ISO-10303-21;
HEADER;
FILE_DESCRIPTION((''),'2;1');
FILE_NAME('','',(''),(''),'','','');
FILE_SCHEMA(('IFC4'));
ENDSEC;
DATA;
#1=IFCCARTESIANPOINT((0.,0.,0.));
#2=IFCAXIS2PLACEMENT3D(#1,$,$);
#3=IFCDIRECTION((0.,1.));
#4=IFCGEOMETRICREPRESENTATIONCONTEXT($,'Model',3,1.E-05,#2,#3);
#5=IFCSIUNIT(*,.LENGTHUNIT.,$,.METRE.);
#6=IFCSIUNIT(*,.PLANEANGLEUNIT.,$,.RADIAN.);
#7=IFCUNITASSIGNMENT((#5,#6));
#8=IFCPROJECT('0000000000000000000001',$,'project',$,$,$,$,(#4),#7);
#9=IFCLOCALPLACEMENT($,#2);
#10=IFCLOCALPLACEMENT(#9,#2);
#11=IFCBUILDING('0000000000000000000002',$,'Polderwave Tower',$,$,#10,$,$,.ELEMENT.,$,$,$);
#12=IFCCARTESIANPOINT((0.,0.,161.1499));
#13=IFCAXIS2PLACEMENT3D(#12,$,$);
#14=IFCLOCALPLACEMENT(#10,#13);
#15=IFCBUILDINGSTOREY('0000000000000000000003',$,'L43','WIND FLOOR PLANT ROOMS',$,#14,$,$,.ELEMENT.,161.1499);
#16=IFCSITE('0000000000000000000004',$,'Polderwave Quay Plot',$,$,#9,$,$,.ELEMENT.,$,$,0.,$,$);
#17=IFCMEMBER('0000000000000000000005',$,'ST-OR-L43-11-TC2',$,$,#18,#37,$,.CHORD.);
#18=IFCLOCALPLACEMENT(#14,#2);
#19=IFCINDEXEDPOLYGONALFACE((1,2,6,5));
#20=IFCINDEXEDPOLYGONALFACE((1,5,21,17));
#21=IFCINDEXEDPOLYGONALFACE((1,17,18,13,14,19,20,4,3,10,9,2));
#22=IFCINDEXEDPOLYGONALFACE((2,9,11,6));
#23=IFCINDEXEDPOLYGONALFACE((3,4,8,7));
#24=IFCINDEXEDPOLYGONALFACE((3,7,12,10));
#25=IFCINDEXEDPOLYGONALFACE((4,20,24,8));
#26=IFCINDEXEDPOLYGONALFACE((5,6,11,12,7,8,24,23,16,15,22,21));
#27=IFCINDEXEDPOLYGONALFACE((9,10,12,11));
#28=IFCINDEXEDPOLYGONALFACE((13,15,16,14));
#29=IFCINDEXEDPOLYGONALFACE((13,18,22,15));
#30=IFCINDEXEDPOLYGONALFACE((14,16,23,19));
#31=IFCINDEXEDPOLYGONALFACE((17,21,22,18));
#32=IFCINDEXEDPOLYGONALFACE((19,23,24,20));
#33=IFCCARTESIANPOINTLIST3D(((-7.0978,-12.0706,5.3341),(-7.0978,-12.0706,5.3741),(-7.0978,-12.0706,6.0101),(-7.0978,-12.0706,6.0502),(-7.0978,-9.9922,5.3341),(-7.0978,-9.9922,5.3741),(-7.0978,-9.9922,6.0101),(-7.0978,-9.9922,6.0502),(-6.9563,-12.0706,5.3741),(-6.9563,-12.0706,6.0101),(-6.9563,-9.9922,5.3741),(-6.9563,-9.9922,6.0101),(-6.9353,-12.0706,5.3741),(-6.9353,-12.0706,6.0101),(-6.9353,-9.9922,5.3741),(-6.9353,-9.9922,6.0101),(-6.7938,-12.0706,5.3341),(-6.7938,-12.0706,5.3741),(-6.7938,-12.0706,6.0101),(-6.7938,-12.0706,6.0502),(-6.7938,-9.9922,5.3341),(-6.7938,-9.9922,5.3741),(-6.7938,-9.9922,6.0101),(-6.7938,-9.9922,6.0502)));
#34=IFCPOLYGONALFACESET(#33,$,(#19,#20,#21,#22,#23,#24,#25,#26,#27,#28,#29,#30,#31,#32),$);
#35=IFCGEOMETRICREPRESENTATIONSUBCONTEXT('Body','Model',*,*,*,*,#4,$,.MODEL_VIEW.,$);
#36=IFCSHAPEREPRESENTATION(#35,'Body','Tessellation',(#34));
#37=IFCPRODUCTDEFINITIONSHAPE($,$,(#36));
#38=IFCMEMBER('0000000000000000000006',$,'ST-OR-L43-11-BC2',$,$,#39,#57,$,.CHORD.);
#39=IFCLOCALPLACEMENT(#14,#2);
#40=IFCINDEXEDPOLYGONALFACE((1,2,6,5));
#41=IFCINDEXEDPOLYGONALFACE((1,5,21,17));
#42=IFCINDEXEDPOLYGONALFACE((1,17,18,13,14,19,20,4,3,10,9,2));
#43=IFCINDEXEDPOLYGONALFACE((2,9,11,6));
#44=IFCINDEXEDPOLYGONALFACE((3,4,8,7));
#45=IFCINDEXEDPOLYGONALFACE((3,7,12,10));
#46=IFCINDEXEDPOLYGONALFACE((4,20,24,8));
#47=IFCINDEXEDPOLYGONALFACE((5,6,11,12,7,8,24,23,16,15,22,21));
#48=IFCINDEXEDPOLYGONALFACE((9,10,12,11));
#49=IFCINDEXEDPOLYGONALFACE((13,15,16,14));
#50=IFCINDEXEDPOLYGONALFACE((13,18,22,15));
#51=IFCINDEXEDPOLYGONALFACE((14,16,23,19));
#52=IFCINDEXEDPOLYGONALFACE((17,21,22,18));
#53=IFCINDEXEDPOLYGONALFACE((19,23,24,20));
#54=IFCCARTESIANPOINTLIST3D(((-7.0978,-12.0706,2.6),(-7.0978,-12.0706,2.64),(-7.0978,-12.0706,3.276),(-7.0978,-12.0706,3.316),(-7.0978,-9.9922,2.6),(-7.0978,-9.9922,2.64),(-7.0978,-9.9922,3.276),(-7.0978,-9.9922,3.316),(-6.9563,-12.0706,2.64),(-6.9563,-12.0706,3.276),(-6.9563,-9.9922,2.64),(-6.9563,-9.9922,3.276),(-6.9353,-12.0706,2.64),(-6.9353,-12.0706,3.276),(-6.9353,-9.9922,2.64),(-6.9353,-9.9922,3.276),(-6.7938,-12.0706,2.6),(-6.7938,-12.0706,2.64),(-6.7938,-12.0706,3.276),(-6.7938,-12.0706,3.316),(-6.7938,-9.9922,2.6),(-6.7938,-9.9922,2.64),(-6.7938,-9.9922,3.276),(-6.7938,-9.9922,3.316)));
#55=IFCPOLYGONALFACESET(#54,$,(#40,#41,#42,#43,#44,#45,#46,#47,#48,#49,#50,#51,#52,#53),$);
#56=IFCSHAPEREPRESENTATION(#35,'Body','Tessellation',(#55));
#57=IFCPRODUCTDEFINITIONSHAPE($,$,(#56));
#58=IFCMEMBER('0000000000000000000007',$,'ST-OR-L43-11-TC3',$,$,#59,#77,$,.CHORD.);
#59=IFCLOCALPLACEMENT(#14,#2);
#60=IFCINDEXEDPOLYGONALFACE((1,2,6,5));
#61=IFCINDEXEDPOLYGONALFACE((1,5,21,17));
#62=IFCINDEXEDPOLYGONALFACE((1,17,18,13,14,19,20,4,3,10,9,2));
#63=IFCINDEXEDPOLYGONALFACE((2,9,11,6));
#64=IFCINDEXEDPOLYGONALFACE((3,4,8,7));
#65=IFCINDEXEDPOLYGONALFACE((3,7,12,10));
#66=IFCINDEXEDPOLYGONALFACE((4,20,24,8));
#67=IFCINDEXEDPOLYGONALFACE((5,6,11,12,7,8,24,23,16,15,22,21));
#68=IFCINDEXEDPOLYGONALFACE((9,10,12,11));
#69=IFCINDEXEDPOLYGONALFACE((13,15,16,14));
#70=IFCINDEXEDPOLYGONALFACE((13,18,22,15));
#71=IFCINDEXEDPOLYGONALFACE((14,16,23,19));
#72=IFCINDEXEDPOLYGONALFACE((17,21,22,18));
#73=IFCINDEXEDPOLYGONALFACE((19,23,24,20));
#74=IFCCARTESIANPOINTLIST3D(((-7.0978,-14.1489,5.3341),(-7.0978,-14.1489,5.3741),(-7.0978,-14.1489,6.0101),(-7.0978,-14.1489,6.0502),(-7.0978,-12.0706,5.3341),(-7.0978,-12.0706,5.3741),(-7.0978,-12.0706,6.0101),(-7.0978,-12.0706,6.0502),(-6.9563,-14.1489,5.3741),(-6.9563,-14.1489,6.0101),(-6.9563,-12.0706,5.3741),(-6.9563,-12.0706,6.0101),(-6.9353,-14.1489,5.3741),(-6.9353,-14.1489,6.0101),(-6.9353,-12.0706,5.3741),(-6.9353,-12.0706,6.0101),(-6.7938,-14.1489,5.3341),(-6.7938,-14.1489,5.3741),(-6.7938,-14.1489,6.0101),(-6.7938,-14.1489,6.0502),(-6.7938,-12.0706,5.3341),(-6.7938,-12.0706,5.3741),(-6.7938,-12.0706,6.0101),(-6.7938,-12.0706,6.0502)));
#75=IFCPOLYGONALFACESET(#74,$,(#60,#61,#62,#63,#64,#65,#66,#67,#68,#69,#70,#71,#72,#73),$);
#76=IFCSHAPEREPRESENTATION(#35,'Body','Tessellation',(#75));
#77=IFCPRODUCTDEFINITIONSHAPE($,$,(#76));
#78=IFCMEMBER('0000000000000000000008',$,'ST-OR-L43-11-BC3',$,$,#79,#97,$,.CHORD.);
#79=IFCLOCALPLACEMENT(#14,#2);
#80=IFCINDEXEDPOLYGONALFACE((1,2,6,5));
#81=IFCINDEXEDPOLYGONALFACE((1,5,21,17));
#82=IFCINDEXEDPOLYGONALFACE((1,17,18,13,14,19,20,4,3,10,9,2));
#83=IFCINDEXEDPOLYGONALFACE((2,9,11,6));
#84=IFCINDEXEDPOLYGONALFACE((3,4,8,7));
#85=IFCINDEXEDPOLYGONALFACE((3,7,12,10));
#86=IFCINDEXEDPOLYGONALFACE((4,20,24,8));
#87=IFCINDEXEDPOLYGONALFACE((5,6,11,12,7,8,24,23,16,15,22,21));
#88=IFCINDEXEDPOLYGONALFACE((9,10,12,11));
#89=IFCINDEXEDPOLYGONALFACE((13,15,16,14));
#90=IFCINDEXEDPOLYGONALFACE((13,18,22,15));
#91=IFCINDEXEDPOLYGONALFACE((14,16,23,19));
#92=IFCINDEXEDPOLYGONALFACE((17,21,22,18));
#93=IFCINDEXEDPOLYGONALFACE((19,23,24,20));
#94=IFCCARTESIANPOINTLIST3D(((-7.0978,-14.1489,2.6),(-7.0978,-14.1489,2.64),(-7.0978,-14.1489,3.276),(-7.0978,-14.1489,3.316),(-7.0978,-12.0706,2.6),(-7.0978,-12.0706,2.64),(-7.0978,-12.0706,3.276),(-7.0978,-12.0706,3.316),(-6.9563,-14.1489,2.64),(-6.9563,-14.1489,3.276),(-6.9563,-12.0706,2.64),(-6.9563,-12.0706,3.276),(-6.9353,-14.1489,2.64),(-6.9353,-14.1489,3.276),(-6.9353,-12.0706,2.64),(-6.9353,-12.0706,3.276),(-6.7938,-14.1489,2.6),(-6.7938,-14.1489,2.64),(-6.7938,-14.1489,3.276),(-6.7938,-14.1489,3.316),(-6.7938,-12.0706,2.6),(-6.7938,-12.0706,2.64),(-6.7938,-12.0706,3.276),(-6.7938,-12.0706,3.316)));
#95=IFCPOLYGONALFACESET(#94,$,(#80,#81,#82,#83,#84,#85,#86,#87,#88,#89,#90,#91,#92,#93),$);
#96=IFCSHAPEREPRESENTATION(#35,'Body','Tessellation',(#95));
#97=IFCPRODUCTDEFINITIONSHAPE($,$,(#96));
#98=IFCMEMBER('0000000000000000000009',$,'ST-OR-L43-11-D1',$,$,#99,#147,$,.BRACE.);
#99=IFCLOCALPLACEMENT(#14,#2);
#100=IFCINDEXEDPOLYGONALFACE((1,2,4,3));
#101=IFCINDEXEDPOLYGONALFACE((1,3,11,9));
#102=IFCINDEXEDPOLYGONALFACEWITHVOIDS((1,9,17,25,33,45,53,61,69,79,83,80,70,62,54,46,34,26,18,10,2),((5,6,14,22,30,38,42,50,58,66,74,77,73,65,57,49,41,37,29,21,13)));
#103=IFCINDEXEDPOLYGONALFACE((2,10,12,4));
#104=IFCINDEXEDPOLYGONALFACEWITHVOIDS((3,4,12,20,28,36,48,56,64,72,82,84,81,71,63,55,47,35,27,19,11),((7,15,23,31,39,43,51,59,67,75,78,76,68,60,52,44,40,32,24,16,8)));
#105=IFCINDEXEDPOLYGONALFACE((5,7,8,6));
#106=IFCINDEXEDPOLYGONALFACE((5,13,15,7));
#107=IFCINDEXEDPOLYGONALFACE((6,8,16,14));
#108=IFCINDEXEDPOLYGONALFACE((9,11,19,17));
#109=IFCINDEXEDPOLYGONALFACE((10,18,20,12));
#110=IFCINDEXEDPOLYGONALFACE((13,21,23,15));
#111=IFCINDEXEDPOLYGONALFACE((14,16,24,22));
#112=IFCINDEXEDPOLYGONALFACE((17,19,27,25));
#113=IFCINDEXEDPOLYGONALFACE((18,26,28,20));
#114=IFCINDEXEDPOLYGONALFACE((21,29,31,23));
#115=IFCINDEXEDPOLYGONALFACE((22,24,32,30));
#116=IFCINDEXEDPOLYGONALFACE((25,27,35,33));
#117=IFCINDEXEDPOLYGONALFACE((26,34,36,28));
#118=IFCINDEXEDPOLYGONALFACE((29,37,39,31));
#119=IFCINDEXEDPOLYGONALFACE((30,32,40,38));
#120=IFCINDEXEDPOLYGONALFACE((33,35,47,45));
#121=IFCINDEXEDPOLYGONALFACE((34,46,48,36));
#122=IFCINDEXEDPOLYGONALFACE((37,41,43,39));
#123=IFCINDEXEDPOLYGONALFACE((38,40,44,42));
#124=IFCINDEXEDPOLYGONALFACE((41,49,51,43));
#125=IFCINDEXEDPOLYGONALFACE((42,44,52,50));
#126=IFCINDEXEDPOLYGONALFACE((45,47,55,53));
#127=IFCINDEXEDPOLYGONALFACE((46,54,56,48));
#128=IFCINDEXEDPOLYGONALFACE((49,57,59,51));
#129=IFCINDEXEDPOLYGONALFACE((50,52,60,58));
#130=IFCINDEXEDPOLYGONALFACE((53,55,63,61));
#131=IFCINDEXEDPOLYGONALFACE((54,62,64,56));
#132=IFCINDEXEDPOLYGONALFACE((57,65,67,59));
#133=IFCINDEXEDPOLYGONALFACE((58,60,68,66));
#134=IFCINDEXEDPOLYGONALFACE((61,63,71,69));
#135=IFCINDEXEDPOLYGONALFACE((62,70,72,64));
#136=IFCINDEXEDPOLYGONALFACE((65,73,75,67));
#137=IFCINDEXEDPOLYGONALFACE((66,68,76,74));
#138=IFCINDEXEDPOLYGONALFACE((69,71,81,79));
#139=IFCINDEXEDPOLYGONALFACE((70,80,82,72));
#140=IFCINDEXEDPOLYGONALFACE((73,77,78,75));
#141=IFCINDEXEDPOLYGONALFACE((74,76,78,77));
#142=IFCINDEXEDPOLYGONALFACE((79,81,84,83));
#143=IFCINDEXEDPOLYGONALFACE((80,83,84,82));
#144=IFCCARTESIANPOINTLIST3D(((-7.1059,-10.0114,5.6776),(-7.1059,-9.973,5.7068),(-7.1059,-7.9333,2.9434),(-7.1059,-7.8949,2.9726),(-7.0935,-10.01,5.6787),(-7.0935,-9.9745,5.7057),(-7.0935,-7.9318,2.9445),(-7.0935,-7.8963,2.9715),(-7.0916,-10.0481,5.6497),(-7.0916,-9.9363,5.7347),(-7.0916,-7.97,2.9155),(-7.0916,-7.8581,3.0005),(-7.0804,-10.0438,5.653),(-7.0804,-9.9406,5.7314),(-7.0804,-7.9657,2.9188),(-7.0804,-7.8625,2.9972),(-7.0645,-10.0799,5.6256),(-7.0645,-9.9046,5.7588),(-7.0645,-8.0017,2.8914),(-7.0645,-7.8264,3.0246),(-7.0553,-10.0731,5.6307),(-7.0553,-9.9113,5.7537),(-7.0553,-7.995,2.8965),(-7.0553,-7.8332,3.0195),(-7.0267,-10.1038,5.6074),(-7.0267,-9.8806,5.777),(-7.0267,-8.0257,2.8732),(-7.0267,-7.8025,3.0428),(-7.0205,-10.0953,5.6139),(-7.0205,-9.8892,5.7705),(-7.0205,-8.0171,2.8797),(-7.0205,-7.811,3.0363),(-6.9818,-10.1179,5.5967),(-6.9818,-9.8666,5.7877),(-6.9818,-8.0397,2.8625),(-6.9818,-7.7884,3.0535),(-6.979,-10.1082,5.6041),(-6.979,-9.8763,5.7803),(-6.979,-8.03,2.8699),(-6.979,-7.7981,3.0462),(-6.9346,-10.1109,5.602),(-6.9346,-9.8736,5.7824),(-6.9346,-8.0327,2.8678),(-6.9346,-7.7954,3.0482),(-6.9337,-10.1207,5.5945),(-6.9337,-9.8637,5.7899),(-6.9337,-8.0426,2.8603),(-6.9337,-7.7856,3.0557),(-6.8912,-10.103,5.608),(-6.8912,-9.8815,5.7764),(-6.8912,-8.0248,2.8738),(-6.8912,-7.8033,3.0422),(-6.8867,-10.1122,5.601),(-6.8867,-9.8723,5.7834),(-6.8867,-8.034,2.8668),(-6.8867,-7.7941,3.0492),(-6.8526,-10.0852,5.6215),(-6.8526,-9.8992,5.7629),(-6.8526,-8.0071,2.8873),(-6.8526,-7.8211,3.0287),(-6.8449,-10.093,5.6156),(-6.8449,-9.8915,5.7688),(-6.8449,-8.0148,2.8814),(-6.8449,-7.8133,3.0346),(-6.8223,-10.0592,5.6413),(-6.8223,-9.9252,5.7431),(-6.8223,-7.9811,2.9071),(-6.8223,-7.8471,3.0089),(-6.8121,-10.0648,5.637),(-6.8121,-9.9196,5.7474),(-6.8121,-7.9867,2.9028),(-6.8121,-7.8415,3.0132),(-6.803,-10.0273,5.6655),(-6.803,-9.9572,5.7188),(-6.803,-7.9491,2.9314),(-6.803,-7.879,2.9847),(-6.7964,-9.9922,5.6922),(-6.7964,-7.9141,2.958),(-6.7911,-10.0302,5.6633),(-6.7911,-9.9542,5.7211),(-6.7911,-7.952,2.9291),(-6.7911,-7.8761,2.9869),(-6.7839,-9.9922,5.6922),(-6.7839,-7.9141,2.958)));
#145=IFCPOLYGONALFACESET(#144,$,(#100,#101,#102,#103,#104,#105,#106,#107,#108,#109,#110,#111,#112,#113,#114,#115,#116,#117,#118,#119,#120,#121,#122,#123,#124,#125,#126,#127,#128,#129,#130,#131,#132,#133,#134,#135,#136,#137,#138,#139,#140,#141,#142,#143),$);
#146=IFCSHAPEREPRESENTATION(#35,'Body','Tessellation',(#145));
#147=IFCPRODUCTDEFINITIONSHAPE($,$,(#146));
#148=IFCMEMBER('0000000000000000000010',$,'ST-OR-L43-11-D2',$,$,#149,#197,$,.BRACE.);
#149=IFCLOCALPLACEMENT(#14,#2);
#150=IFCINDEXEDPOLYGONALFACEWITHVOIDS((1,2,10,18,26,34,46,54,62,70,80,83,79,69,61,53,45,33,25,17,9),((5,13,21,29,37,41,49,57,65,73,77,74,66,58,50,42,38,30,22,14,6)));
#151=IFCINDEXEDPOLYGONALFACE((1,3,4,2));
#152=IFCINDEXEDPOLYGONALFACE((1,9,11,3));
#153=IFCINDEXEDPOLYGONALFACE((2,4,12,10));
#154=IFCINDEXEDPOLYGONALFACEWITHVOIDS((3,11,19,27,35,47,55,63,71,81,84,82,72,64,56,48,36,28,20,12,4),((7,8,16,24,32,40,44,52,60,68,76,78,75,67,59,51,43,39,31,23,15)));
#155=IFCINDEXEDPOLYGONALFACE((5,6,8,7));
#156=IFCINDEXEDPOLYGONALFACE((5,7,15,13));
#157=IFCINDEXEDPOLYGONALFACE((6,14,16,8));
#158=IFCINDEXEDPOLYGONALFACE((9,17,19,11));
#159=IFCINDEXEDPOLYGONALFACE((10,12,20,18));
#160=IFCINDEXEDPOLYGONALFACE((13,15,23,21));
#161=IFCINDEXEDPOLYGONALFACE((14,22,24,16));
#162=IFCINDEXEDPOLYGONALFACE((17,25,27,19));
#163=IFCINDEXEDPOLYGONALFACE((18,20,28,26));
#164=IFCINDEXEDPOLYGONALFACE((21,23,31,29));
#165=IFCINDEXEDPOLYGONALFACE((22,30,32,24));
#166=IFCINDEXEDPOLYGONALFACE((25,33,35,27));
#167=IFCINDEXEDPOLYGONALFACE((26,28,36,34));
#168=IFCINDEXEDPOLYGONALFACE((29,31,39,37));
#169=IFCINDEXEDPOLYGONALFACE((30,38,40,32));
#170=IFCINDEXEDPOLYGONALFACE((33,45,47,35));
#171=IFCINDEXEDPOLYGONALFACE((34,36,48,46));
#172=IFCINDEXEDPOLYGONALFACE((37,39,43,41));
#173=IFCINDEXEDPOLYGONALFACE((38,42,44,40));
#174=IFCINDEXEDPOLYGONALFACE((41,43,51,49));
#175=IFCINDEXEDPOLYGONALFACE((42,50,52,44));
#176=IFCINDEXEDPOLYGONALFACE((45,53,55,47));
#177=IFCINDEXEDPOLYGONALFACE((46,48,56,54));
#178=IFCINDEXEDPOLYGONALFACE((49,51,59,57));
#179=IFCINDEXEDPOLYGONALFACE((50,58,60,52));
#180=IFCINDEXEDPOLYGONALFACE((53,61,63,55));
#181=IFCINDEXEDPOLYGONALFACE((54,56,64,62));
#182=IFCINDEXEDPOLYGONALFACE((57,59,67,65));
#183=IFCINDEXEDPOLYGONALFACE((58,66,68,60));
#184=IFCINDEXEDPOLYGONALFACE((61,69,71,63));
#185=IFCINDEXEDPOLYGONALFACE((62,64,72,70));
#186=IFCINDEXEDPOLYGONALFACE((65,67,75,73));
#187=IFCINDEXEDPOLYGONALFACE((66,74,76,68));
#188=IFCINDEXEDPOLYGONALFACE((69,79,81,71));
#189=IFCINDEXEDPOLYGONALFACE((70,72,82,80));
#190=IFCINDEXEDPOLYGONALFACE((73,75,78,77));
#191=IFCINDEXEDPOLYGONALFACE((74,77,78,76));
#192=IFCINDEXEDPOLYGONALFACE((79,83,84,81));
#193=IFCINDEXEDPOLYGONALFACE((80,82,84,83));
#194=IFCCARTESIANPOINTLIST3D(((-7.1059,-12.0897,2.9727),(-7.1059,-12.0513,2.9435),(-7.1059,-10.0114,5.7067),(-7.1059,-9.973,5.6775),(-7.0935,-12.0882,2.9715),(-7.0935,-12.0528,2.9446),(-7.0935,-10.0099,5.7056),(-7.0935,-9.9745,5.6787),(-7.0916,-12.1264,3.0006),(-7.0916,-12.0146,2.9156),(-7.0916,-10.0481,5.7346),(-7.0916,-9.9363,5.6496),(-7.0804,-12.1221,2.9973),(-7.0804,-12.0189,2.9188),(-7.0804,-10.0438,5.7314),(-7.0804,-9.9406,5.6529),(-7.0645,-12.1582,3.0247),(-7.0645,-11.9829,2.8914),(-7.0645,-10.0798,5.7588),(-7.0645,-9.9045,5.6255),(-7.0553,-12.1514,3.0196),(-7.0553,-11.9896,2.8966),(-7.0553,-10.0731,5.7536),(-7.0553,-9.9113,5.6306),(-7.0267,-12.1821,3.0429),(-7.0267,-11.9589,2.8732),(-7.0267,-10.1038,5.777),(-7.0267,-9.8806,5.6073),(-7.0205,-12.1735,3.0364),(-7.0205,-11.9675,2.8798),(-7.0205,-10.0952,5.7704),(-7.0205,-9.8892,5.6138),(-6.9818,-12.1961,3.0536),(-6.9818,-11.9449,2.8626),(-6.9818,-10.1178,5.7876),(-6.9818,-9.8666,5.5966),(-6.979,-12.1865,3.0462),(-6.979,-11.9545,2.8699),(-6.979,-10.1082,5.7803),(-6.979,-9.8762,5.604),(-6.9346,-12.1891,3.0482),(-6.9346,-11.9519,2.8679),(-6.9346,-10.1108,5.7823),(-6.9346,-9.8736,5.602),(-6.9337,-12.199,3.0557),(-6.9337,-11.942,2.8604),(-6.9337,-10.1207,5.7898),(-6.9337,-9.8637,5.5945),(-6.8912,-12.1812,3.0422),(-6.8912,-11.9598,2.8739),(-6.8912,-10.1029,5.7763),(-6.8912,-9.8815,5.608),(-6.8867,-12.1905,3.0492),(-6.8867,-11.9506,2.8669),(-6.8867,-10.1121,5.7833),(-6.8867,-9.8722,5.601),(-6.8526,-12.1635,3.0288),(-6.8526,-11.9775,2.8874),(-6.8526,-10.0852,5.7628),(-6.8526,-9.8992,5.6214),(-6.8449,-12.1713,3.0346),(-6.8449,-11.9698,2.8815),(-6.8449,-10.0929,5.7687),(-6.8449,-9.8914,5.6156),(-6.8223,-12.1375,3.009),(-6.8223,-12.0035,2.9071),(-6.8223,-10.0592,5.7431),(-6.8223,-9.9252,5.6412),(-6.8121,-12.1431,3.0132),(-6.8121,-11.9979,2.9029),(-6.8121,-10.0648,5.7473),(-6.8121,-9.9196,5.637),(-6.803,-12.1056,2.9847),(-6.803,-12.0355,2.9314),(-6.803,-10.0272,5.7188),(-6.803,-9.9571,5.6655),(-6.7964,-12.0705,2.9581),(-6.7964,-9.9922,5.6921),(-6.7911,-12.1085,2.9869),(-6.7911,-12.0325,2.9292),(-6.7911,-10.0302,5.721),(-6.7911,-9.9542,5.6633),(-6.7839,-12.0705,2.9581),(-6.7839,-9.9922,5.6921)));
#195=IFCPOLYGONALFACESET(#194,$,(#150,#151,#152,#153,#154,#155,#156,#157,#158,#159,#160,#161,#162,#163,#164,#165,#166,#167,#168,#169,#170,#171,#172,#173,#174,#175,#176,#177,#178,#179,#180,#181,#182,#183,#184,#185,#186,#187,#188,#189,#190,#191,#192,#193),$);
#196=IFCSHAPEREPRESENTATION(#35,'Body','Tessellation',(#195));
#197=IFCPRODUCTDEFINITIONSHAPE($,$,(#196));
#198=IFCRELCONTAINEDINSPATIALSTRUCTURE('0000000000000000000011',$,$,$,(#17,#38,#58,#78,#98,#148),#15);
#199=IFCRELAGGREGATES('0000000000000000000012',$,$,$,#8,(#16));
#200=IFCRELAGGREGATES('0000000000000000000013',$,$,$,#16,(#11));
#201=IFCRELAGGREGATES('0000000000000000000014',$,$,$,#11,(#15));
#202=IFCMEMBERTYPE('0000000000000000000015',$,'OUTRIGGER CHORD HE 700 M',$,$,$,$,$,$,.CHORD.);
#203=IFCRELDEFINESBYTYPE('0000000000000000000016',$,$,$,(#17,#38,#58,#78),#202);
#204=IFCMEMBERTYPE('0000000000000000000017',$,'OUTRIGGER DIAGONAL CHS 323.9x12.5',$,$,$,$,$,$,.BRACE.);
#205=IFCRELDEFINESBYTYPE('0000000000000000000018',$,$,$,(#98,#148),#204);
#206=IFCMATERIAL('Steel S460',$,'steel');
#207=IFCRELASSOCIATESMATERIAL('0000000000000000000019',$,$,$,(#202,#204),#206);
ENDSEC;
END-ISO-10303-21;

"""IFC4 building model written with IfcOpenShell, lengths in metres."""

from ifc_helpers import new_model, si_unit, direction, frame, origin, origin_2d, place, context, subcontext, project, spatial, hollow_circle, i_section, extrude, material, material_profile, profile_set, type_object, element, save


model = new_model("IFC4")

# Units and contexts
model_context = context("Model", 3, precision=1e-05, world=origin(), true_north=direction((0.0, 1.0)))
body_context = subcontext(model_context, "Body", "Model", "MODEL_VIEW")
ifc_project = project(units=[si_unit("LENGTHUNIT", "METRE"), si_unit("PLANEANGLEUNIT", "RADIAN")], contexts=[model_context])

# Site, building, storey
site_placement = place(None, origin())
site = spatial("IfcSite", under=ifc_project, at=site_placement, Name="Polderwave Quay Plot", CompositionType="ELEMENT", RefElevation=0.0)
building_placement = place(site_placement, origin())
building = spatial("IfcBuilding", under=site, at=building_placement, Name="Polderwave Tower", CompositionType="ELEMENT")
storey_placement = place(building_placement, frame((0.0, 0.0, 161.1499)))
storey = spatial("IfcBuildingStorey", under=building, at=storey_placement, Name="L43", Description="WIND FLOOR PLANT ROOMS", CompositionType="ELEMENT", Elevation=161.1499)

# Members
ifc_material_1 = material(Name="Steel S460", Category="steel")
ifc_material_profile_1 = material_profile(ifc_material_1, i_section(OverallWidth=0.304, OverallDepth=0.7161, WebThickness=0.021, FlangeThickness=0.04, at=origin_2d()), Name="HE 700 M")
ifc_profile_set_1 = profile_set([ifc_material_profile_1], Name="Steel S460")
member_type_1 = type_object("IfcMemberType", Name="OUTRIGGER CHORD HE 700 M", PredefinedType="CHORD", material=ifc_profile_set_1)
for number, where, z_axis, x_axis, name in (
    (1, (-6.9458, -9.9922, 5.6921), (0.0, -1.0, 0.0), (1.0, 0.0, 0.0), "ST-OR-L43-11-TC2"),
    (2, (-6.9458, -9.9922, 2.958), (0.0, -1.0, 0.0), (1.0, 0.0, 0.0), "ST-OR-L43-11-BC2"),
    (3, (-6.9458, -12.0706, 5.6921), (0.0, -1.0, 0.0), (1.0, 0.0, 0.0), "ST-OR-L43-11-TC3"),
    (4, (-6.9458, -12.0706, 2.958), (0.0, -1.0, 0.0), (1.0, 0.0, 0.0), "ST-OR-L43-11-BC3"),
):
    element("IfcMember", number, at=place(storey_placement, frame(where, z_axis=z_axis, x_axis=x_axis)), inside=storey, type_object=member_type_1, Name=name, PredefinedType="CHORD", context=body_context, shape_type="SweptSolid", body=[
        extrude(i_section(OverallWidth=0.304, OverallDepth=0.7161, WebThickness=0.021, FlangeThickness=0.04, at=origin_2d()), origin(), (0.0, 0.0, 1.0), 2.0784),
    ])
ifc_material_profile_2 = material_profile(ifc_material_1, hollow_circle(Radius=0.1619, WallThickness=0.0125, at=origin_2d()), Name="CHS 323.9x12.5")
ifc_profile_set_2 = profile_set([ifc_material_profile_2], Name="Steel S460")
member_type_2 = type_object("IfcMemberType", Name="OUTRIGGER DIAGONAL CHS 323.9x12.5", PredefinedType="BRACE", material=ifc_profile_set_2)
for number, where, z_axis, x_axis, name in (
    (5, (-6.9458, -7.9141, 2.958), (0.0, -0.605118, 0.796136), (1.0, 0.0, 0.0), "ST-OR-L43-11-D1"),
    (6, (-6.9458, -9.9922, 5.6921), (0.0, -0.605163, -0.796102), (1.0, 0.0, 0.0), "ST-OR-L43-11-D2"),
):
    element("IfcMember", number, at=place(storey_placement, frame(where, z_axis=z_axis, x_axis=x_axis)), inside=storey, type_object=member_type_2, Name=name, PredefinedType="BRACE", context=body_context, shape_type="SweptSolid", body=[
        extrude(hollow_circle(Radius=0.1619, WallThickness=0.0125, at=origin_2d()), origin(), (0.0, 0.0, 1.0), 3.4343),
    ])

save(model, "model.ifc")
